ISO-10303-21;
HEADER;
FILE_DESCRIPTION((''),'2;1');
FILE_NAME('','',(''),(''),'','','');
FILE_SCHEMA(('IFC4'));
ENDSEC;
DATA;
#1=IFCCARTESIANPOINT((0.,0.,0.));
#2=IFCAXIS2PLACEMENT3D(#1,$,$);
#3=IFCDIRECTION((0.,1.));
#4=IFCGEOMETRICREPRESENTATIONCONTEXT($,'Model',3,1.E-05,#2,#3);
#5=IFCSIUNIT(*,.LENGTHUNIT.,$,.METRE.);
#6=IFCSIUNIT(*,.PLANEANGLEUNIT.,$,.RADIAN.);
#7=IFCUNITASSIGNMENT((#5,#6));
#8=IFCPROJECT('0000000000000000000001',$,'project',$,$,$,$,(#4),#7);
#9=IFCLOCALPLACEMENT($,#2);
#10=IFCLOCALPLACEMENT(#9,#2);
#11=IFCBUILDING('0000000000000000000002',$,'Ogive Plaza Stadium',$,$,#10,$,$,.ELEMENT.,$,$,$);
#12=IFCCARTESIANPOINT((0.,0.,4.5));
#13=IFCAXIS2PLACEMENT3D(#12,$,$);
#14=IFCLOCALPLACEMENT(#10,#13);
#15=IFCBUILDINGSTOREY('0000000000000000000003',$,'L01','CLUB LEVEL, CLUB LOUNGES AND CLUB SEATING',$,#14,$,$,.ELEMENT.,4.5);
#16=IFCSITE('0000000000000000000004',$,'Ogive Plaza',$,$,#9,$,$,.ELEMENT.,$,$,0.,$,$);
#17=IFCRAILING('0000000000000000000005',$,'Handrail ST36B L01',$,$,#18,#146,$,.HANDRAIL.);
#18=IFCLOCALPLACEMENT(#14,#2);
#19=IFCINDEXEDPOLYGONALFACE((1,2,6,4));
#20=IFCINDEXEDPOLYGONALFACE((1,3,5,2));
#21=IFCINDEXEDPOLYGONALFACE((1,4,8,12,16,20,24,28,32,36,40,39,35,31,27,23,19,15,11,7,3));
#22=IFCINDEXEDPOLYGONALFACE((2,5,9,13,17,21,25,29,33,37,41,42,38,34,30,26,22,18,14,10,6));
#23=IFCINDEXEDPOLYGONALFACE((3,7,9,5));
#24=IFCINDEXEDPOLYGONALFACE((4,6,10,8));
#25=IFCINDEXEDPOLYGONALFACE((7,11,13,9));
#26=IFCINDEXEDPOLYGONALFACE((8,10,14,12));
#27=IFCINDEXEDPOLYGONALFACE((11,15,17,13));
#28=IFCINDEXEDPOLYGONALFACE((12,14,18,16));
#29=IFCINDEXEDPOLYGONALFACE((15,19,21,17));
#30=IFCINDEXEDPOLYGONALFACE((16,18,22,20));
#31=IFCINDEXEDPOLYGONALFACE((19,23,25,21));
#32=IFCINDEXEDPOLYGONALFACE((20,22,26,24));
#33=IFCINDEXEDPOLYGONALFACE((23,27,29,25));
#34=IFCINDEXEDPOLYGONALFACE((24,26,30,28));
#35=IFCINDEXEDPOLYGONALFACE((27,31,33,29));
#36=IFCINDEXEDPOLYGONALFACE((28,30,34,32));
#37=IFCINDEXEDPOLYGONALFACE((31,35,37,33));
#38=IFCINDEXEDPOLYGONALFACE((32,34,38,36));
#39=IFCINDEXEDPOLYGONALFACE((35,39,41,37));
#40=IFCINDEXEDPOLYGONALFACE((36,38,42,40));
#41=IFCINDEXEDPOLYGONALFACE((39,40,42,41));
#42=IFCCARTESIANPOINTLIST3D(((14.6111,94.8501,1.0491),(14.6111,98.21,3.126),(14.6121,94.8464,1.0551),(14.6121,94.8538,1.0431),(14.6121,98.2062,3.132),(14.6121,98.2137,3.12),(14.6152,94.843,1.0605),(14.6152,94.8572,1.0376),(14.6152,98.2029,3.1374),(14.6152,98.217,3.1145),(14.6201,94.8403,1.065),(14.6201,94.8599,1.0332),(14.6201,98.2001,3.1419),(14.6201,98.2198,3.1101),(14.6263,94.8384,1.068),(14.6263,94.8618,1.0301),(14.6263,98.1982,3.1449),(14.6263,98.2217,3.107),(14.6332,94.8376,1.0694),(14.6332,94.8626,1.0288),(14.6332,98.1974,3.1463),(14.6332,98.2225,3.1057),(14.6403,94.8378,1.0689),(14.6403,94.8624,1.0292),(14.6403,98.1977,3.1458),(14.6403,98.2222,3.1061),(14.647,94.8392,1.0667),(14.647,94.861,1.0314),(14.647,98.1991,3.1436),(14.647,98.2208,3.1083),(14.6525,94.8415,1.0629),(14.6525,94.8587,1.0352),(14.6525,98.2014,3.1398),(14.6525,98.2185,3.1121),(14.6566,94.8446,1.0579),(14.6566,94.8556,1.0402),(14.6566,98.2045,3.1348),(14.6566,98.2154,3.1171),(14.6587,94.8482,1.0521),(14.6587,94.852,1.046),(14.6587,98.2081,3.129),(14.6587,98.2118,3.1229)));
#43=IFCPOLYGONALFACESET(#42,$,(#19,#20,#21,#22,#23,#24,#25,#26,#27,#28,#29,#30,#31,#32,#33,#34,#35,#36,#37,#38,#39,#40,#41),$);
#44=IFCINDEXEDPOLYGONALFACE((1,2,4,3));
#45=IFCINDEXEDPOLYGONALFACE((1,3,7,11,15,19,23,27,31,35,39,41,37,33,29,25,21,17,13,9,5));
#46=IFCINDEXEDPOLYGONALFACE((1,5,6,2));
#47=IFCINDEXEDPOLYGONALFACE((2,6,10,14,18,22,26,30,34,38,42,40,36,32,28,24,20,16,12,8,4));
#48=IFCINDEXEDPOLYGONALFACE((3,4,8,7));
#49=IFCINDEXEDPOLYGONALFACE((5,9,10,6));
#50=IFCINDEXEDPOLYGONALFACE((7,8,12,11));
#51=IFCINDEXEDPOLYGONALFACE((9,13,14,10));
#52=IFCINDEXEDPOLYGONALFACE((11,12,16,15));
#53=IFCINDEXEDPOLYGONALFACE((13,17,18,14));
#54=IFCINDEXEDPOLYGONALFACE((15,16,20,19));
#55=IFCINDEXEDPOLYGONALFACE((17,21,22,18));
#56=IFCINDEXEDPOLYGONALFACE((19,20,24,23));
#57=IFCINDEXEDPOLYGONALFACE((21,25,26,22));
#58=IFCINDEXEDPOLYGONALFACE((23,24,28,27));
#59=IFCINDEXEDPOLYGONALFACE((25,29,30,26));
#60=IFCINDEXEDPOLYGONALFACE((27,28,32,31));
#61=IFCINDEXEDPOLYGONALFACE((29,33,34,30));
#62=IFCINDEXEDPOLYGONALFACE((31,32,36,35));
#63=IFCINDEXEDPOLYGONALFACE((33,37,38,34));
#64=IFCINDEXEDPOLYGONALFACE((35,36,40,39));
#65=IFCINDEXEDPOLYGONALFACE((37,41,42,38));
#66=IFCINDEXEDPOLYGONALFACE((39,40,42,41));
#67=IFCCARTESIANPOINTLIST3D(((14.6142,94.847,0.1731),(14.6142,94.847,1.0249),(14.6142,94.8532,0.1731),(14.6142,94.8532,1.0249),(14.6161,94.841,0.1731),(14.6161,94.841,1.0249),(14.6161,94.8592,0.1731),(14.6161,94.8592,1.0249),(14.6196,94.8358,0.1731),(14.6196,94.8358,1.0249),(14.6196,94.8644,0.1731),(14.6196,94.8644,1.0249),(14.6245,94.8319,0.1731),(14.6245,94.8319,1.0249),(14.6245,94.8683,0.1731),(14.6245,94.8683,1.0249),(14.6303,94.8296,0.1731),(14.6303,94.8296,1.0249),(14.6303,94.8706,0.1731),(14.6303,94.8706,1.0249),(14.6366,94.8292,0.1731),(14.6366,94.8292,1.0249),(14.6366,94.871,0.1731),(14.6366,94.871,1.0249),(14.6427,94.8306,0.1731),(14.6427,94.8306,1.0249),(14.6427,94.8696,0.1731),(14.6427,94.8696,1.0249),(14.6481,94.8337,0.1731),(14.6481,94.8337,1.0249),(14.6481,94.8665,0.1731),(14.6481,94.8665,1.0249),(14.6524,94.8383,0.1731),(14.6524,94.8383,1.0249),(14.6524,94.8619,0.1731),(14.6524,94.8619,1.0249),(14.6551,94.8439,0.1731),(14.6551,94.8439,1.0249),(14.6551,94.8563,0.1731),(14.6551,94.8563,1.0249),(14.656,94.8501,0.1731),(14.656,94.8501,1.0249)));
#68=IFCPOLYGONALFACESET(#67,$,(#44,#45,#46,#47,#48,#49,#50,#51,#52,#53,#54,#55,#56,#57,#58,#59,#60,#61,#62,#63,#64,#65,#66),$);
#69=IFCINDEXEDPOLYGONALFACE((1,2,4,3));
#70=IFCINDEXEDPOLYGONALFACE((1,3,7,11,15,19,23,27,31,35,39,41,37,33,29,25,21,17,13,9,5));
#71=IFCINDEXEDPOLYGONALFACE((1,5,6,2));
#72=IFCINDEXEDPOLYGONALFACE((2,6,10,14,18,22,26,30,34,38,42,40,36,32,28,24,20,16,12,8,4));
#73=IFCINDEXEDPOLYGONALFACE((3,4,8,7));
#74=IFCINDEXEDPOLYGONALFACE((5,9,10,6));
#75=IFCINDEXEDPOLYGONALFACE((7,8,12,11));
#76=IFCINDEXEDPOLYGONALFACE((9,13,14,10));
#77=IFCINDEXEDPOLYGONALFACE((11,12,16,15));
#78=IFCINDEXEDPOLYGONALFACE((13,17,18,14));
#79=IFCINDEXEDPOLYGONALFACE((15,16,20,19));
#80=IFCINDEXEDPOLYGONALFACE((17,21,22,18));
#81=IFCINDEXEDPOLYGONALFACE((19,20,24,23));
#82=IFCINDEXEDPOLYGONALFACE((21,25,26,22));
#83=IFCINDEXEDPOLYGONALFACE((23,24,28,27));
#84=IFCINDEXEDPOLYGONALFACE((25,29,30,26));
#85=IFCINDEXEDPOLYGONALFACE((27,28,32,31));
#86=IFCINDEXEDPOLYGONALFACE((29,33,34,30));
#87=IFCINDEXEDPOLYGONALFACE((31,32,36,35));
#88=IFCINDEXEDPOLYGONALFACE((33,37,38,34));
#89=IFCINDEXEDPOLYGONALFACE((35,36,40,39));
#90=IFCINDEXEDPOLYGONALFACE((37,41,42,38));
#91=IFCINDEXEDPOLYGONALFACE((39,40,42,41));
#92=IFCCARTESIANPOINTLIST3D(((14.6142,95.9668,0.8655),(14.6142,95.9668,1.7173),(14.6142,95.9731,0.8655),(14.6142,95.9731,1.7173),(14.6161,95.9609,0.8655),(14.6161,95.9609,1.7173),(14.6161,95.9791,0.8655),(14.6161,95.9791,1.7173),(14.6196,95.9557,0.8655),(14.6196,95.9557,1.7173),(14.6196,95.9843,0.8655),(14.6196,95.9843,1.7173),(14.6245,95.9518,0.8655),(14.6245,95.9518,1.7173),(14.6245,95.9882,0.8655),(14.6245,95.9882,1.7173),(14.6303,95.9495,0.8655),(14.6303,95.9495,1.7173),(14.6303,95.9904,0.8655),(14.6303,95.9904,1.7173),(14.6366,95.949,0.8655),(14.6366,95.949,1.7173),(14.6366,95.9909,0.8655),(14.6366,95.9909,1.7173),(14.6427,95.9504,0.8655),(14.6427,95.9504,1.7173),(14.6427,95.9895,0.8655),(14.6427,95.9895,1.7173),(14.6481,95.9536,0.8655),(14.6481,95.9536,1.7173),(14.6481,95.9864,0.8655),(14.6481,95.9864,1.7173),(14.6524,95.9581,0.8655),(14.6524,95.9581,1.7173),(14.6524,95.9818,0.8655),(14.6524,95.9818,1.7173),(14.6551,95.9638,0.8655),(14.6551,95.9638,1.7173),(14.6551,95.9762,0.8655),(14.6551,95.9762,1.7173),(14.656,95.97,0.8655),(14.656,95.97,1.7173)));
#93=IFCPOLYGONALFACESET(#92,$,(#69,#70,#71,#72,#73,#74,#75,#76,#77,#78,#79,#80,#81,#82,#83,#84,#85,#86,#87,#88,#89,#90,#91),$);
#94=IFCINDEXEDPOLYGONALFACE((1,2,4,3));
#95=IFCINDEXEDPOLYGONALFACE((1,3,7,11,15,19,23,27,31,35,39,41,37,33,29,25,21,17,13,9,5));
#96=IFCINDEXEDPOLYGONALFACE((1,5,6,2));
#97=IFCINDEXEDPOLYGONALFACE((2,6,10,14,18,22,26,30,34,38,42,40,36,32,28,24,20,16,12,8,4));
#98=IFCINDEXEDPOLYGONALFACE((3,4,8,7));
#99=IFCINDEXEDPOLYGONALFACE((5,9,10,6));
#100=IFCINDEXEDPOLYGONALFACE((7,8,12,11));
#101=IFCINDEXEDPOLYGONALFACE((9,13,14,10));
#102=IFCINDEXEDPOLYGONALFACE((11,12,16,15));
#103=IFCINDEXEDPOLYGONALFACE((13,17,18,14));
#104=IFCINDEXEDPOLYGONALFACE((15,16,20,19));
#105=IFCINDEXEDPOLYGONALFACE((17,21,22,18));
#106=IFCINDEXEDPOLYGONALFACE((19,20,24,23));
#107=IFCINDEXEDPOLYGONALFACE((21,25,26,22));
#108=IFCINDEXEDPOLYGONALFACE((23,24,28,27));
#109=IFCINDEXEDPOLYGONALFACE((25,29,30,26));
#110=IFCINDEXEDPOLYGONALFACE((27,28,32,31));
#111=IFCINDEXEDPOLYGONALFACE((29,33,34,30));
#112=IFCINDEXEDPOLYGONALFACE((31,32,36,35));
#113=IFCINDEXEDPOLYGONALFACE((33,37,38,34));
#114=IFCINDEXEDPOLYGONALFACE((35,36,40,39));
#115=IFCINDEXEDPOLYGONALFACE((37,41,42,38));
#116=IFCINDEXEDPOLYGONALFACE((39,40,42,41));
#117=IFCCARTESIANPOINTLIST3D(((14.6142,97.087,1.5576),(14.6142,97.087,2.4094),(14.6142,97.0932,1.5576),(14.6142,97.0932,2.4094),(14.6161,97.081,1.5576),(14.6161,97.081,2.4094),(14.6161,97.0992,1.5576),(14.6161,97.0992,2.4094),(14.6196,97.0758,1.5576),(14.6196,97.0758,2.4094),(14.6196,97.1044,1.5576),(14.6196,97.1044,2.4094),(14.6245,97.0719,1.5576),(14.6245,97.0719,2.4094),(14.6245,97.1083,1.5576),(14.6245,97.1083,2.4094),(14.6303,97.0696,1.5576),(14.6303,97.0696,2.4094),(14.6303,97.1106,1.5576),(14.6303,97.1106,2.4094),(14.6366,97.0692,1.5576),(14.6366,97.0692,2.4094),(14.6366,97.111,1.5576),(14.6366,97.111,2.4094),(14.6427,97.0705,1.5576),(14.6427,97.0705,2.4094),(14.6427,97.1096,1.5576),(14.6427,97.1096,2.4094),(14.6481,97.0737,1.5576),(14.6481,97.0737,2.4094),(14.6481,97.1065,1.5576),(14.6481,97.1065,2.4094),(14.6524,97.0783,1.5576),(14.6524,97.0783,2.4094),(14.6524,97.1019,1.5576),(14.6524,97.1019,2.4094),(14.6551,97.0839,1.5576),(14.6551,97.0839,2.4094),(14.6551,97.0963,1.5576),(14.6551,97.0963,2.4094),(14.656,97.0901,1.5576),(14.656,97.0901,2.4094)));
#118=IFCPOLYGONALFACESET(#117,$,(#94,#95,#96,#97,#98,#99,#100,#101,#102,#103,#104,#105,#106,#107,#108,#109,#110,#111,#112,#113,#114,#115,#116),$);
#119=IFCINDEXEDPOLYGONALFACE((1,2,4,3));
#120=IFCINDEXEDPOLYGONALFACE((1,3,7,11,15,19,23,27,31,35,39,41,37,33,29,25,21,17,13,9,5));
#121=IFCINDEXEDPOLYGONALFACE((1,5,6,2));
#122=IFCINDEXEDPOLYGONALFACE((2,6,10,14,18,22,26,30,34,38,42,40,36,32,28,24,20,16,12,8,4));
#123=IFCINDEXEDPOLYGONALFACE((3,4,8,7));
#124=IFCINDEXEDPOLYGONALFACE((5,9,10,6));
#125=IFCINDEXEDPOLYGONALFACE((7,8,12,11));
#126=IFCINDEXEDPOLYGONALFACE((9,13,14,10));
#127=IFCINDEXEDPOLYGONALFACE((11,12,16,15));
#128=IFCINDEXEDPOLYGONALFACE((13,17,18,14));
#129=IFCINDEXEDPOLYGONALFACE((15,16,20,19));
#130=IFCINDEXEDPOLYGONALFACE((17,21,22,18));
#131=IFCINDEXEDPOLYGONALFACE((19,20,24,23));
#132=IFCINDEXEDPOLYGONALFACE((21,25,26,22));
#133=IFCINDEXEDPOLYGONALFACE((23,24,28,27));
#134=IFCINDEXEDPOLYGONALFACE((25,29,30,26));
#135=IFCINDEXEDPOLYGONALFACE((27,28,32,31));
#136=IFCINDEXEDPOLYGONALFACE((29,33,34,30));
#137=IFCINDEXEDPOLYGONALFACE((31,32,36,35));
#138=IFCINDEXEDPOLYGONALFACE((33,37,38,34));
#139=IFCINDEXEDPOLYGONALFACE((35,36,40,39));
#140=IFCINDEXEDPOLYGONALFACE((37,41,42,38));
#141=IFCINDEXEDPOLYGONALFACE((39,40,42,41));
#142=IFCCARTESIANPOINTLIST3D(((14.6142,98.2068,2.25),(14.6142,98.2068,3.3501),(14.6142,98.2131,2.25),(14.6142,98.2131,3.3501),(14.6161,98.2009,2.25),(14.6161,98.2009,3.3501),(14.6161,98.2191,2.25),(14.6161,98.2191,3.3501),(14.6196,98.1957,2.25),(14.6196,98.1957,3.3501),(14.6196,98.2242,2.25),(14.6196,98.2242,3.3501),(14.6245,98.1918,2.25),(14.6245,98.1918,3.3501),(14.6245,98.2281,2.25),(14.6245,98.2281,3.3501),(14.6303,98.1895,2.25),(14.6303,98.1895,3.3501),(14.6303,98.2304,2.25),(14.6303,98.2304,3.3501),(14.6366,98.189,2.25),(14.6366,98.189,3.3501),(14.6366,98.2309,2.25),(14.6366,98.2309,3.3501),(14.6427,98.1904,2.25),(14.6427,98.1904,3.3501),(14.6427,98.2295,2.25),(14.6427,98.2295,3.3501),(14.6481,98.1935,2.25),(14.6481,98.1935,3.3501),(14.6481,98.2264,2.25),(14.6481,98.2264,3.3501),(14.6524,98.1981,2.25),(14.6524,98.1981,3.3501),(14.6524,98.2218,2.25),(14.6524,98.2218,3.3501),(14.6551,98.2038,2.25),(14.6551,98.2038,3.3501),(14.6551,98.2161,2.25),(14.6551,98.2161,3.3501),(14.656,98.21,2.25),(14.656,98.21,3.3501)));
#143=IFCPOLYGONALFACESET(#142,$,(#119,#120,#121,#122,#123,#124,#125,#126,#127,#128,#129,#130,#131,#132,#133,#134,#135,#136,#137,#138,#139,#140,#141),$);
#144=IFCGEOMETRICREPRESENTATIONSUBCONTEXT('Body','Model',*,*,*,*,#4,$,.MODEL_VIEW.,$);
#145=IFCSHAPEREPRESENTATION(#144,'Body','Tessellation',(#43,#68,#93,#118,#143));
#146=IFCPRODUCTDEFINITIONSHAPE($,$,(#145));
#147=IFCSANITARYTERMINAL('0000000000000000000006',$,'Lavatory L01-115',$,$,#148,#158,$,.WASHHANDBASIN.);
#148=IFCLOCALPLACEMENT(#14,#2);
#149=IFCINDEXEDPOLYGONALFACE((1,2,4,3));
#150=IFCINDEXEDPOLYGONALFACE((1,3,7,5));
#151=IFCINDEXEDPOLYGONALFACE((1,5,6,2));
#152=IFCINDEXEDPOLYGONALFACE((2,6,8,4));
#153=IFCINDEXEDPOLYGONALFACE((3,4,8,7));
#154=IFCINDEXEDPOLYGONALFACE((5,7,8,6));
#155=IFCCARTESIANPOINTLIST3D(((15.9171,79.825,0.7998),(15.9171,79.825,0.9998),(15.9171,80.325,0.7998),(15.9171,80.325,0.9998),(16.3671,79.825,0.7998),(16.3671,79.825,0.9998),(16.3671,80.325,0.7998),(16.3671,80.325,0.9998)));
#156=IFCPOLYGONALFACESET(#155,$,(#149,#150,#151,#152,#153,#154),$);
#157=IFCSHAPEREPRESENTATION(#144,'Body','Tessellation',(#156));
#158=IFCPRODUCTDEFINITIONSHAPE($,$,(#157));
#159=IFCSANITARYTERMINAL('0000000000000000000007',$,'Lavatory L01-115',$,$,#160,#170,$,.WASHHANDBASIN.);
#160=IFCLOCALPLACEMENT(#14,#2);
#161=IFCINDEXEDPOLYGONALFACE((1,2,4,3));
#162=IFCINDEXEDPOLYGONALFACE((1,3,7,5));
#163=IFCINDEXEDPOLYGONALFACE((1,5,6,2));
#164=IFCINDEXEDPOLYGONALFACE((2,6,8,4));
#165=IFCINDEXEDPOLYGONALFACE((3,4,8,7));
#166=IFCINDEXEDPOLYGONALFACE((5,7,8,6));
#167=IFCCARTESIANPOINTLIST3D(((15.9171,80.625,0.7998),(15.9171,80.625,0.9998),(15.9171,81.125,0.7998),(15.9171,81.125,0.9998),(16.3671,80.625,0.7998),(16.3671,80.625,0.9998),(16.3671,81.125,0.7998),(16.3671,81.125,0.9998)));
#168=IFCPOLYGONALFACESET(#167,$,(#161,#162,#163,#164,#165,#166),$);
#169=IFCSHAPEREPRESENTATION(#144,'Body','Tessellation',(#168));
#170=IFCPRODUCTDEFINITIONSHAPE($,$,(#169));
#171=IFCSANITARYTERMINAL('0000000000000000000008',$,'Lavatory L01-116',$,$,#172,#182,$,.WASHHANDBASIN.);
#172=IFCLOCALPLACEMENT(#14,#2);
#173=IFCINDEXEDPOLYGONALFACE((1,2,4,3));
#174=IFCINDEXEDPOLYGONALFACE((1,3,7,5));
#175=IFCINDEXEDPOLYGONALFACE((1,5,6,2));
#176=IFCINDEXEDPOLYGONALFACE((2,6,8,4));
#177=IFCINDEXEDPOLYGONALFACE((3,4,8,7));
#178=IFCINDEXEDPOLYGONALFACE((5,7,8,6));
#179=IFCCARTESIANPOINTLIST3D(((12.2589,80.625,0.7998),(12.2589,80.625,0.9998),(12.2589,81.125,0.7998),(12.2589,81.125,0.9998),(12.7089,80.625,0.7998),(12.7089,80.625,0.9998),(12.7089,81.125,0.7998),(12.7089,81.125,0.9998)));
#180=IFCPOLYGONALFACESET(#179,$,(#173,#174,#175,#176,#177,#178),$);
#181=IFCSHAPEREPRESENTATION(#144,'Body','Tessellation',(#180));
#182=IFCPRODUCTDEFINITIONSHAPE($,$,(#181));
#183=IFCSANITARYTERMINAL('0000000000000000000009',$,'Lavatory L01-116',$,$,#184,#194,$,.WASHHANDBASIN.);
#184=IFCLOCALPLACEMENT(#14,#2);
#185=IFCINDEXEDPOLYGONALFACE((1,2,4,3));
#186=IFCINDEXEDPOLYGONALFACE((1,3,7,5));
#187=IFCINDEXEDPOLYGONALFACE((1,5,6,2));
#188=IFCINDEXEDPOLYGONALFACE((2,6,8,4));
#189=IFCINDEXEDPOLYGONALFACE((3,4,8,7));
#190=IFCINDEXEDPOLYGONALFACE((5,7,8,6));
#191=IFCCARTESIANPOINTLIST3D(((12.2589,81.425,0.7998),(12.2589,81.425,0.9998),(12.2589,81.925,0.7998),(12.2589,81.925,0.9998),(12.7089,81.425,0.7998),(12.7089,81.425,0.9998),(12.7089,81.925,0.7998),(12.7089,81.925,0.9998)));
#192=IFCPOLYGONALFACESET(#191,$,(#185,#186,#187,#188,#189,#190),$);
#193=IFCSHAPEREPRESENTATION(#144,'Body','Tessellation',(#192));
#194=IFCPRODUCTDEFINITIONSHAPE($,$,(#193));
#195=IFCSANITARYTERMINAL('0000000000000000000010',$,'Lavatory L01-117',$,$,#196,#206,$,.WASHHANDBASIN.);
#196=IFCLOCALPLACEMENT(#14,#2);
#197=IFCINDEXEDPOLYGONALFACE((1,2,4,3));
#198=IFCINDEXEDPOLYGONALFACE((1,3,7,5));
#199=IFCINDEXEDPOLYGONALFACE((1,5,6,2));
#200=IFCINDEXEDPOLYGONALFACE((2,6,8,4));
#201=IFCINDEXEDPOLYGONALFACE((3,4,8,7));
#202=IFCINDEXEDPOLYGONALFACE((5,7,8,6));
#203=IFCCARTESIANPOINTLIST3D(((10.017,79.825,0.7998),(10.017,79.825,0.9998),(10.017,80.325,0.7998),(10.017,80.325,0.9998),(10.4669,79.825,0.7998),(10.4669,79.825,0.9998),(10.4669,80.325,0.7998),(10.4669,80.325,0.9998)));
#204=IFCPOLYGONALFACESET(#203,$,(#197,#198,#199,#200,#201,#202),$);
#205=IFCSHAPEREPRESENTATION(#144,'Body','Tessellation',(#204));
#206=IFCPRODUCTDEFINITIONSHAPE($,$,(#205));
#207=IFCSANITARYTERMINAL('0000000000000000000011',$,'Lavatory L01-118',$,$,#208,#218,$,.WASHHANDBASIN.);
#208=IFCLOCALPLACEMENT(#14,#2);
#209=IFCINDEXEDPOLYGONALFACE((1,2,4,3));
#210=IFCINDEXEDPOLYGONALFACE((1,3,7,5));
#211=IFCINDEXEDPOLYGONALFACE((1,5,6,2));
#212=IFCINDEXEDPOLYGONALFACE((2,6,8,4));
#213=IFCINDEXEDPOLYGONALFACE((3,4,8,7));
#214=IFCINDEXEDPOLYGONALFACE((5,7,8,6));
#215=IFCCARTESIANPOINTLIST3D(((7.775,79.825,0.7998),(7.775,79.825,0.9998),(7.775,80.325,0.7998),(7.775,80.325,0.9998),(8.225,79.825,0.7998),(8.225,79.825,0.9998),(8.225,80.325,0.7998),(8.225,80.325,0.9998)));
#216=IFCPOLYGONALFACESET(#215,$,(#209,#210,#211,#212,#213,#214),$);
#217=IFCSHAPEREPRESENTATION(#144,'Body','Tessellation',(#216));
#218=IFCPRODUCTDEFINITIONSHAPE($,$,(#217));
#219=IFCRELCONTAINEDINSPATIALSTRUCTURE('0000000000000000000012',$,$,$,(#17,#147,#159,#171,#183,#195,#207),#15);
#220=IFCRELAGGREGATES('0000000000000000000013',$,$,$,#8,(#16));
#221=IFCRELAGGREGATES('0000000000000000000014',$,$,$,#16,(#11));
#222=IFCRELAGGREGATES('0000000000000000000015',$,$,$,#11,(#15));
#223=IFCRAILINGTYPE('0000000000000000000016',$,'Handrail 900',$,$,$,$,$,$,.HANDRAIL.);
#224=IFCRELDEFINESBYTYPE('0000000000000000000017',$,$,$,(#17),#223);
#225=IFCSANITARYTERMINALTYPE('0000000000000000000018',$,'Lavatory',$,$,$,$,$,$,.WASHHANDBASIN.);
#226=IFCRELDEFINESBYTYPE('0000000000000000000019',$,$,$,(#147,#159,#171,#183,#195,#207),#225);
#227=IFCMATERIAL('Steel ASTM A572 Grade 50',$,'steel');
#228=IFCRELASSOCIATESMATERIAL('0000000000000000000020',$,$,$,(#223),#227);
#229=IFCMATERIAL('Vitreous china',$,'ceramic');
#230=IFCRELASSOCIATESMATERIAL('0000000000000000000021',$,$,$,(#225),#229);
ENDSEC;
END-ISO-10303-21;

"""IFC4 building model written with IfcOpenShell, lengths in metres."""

from ifc_helpers import new_model, si_unit, direction, frame, origin, origin_2d, place, context, subcontext, project, spatial, rectangle, circle, extrude, material, type_object, element, save


model = new_model("IFC4")

# Units and contexts
model_context = context("Model", 3, precision=1e-05, world=origin(), true_north=direction((0.0, 1.0)))
body_context = subcontext(model_context, "Body", "Model", "MODEL_VIEW")
ifc_project = project(units=[si_unit("LENGTHUNIT", "METRE"), si_unit("PLANEANGLEUNIT", "RADIAN")], contexts=[model_context])

# Site, building, storey
site_placement = place(None, origin())
site = spatial("IfcSite", under=ifc_project, at=site_placement, Name="Ogive Plaza", CompositionType="ELEMENT", RefElevation=0.0)
building_placement = place(site_placement, origin())
building = spatial("IfcBuilding", under=site, at=building_placement, Name="Ogive Plaza Stadium", CompositionType="ELEMENT")
storey_placement = place(building_placement, frame((0.0, 0.0, 4.5)))
storey = spatial("IfcBuildingStorey", under=building, at=storey_placement, Name="L01", Description="CLUB LEVEL, CLUB LOUNGES AND CLUB SEATING", CompositionType="ELEMENT", Elevation=4.5)

# Railing
ifc_material_1 = material(Name="Steel ASTM A572 Grade 50", Category="steel")
railing_type_1 = type_object("IfcRailingType", Name="Handrail 900", PredefinedType="HANDRAIL", material=ifc_material_1)
for number, where, name in (
    (1, (14.635, 94.8501, 0.1731), "Handrail ST36B L01"),
):
    element("IfcRailing", number, at=place(storey_placement, frame(where)), inside=storey, type_object=railing_type_1, Name=name, PredefinedType="HANDRAIL", context=body_context, shape_type="SweptSolid", body=[
        extrude(circle(Radius=0.0239, at=origin_2d()), frame((0.0, 0.0, 0.876), z_axis=(0.0, 0.850606, 0.525803), x_axis=(-1.0, 0.0, 0.0)), (0.0, 0.0, 1.0), 3.95),
        extrude(circle(Radius=0.021, at=origin_2d()), origin(), (0.0, 0.0, 1.0), 0.8518),
        extrude(circle(Radius=0.021, at=origin_2d()), frame((0.0, 1.1199, 0.6924)), (0.0, 0.0, 1.0), 0.8518),
        extrude(circle(Radius=0.021, at=origin_2d()), frame((0.0, 2.24, 1.3845)), (0.0, 0.0, 1.0), 0.8518),
        extrude(circle(Radius=0.021, at=origin_2d()), frame((0.0, 3.3599, 2.0769)), (0.0, 0.0, 1.0), 1.1001),
    ])

# Sanitary terminals
ifc_material_2 = material(Name="Vitreous china", Category="ceramic")
sanitary_terminal_type_1 = type_object("IfcSanitaryTerminalType", Name="Lavatory", PredefinedType="WASHHANDBASIN", material=ifc_material_2)
for number, where, z_axis, x_axis, name in (
    (2, (16.1421, 80.075, 0.7998), (0.0, 0.0, 1.0), (0.0, 1.0, 0.0), "Lavatory L01-115"),
    (3, (16.1421, 80.875, 0.7998), (0.0, 0.0, 1.0), (0.0, 1.0, 0.0), "Lavatory L01-115"),
    (4, (12.4839, 80.875, 0.7998), (0.0, 0.0, 1.0), (0.0, 1.0, 0.0), "Lavatory L01-116"),
    (5, (12.4839, 81.675, 0.7998), (0.0, 0.0, 1.0), (0.0, 1.0, 0.0), "Lavatory L01-116"),
    (6, (10.2419, 80.075, 0.7998), (0.0, 0.0, 1.0), (0.0, 1.0, 0.0), "Lavatory L01-117"),
    (7, (8.0, 80.075, 0.7998), (0.0, 0.0, 1.0), (0.0, 1.0, 0.0), "Lavatory L01-118"),
):
    element("IfcSanitaryTerminal", number, at=place(storey_placement, frame(where, z_axis=z_axis, x_axis=x_axis)), inside=storey, type_object=sanitary_terminal_type_1, Name=name, PredefinedType="WASHHANDBASIN", context=body_context, shape_type="SweptSolid", body=[
        extrude(rectangle(XDim=0.5, YDim=0.45, at=origin_2d()), origin(), (0.0, 0.0, 1.0), 0.2),
    ])

save(model, "model.ifc")
